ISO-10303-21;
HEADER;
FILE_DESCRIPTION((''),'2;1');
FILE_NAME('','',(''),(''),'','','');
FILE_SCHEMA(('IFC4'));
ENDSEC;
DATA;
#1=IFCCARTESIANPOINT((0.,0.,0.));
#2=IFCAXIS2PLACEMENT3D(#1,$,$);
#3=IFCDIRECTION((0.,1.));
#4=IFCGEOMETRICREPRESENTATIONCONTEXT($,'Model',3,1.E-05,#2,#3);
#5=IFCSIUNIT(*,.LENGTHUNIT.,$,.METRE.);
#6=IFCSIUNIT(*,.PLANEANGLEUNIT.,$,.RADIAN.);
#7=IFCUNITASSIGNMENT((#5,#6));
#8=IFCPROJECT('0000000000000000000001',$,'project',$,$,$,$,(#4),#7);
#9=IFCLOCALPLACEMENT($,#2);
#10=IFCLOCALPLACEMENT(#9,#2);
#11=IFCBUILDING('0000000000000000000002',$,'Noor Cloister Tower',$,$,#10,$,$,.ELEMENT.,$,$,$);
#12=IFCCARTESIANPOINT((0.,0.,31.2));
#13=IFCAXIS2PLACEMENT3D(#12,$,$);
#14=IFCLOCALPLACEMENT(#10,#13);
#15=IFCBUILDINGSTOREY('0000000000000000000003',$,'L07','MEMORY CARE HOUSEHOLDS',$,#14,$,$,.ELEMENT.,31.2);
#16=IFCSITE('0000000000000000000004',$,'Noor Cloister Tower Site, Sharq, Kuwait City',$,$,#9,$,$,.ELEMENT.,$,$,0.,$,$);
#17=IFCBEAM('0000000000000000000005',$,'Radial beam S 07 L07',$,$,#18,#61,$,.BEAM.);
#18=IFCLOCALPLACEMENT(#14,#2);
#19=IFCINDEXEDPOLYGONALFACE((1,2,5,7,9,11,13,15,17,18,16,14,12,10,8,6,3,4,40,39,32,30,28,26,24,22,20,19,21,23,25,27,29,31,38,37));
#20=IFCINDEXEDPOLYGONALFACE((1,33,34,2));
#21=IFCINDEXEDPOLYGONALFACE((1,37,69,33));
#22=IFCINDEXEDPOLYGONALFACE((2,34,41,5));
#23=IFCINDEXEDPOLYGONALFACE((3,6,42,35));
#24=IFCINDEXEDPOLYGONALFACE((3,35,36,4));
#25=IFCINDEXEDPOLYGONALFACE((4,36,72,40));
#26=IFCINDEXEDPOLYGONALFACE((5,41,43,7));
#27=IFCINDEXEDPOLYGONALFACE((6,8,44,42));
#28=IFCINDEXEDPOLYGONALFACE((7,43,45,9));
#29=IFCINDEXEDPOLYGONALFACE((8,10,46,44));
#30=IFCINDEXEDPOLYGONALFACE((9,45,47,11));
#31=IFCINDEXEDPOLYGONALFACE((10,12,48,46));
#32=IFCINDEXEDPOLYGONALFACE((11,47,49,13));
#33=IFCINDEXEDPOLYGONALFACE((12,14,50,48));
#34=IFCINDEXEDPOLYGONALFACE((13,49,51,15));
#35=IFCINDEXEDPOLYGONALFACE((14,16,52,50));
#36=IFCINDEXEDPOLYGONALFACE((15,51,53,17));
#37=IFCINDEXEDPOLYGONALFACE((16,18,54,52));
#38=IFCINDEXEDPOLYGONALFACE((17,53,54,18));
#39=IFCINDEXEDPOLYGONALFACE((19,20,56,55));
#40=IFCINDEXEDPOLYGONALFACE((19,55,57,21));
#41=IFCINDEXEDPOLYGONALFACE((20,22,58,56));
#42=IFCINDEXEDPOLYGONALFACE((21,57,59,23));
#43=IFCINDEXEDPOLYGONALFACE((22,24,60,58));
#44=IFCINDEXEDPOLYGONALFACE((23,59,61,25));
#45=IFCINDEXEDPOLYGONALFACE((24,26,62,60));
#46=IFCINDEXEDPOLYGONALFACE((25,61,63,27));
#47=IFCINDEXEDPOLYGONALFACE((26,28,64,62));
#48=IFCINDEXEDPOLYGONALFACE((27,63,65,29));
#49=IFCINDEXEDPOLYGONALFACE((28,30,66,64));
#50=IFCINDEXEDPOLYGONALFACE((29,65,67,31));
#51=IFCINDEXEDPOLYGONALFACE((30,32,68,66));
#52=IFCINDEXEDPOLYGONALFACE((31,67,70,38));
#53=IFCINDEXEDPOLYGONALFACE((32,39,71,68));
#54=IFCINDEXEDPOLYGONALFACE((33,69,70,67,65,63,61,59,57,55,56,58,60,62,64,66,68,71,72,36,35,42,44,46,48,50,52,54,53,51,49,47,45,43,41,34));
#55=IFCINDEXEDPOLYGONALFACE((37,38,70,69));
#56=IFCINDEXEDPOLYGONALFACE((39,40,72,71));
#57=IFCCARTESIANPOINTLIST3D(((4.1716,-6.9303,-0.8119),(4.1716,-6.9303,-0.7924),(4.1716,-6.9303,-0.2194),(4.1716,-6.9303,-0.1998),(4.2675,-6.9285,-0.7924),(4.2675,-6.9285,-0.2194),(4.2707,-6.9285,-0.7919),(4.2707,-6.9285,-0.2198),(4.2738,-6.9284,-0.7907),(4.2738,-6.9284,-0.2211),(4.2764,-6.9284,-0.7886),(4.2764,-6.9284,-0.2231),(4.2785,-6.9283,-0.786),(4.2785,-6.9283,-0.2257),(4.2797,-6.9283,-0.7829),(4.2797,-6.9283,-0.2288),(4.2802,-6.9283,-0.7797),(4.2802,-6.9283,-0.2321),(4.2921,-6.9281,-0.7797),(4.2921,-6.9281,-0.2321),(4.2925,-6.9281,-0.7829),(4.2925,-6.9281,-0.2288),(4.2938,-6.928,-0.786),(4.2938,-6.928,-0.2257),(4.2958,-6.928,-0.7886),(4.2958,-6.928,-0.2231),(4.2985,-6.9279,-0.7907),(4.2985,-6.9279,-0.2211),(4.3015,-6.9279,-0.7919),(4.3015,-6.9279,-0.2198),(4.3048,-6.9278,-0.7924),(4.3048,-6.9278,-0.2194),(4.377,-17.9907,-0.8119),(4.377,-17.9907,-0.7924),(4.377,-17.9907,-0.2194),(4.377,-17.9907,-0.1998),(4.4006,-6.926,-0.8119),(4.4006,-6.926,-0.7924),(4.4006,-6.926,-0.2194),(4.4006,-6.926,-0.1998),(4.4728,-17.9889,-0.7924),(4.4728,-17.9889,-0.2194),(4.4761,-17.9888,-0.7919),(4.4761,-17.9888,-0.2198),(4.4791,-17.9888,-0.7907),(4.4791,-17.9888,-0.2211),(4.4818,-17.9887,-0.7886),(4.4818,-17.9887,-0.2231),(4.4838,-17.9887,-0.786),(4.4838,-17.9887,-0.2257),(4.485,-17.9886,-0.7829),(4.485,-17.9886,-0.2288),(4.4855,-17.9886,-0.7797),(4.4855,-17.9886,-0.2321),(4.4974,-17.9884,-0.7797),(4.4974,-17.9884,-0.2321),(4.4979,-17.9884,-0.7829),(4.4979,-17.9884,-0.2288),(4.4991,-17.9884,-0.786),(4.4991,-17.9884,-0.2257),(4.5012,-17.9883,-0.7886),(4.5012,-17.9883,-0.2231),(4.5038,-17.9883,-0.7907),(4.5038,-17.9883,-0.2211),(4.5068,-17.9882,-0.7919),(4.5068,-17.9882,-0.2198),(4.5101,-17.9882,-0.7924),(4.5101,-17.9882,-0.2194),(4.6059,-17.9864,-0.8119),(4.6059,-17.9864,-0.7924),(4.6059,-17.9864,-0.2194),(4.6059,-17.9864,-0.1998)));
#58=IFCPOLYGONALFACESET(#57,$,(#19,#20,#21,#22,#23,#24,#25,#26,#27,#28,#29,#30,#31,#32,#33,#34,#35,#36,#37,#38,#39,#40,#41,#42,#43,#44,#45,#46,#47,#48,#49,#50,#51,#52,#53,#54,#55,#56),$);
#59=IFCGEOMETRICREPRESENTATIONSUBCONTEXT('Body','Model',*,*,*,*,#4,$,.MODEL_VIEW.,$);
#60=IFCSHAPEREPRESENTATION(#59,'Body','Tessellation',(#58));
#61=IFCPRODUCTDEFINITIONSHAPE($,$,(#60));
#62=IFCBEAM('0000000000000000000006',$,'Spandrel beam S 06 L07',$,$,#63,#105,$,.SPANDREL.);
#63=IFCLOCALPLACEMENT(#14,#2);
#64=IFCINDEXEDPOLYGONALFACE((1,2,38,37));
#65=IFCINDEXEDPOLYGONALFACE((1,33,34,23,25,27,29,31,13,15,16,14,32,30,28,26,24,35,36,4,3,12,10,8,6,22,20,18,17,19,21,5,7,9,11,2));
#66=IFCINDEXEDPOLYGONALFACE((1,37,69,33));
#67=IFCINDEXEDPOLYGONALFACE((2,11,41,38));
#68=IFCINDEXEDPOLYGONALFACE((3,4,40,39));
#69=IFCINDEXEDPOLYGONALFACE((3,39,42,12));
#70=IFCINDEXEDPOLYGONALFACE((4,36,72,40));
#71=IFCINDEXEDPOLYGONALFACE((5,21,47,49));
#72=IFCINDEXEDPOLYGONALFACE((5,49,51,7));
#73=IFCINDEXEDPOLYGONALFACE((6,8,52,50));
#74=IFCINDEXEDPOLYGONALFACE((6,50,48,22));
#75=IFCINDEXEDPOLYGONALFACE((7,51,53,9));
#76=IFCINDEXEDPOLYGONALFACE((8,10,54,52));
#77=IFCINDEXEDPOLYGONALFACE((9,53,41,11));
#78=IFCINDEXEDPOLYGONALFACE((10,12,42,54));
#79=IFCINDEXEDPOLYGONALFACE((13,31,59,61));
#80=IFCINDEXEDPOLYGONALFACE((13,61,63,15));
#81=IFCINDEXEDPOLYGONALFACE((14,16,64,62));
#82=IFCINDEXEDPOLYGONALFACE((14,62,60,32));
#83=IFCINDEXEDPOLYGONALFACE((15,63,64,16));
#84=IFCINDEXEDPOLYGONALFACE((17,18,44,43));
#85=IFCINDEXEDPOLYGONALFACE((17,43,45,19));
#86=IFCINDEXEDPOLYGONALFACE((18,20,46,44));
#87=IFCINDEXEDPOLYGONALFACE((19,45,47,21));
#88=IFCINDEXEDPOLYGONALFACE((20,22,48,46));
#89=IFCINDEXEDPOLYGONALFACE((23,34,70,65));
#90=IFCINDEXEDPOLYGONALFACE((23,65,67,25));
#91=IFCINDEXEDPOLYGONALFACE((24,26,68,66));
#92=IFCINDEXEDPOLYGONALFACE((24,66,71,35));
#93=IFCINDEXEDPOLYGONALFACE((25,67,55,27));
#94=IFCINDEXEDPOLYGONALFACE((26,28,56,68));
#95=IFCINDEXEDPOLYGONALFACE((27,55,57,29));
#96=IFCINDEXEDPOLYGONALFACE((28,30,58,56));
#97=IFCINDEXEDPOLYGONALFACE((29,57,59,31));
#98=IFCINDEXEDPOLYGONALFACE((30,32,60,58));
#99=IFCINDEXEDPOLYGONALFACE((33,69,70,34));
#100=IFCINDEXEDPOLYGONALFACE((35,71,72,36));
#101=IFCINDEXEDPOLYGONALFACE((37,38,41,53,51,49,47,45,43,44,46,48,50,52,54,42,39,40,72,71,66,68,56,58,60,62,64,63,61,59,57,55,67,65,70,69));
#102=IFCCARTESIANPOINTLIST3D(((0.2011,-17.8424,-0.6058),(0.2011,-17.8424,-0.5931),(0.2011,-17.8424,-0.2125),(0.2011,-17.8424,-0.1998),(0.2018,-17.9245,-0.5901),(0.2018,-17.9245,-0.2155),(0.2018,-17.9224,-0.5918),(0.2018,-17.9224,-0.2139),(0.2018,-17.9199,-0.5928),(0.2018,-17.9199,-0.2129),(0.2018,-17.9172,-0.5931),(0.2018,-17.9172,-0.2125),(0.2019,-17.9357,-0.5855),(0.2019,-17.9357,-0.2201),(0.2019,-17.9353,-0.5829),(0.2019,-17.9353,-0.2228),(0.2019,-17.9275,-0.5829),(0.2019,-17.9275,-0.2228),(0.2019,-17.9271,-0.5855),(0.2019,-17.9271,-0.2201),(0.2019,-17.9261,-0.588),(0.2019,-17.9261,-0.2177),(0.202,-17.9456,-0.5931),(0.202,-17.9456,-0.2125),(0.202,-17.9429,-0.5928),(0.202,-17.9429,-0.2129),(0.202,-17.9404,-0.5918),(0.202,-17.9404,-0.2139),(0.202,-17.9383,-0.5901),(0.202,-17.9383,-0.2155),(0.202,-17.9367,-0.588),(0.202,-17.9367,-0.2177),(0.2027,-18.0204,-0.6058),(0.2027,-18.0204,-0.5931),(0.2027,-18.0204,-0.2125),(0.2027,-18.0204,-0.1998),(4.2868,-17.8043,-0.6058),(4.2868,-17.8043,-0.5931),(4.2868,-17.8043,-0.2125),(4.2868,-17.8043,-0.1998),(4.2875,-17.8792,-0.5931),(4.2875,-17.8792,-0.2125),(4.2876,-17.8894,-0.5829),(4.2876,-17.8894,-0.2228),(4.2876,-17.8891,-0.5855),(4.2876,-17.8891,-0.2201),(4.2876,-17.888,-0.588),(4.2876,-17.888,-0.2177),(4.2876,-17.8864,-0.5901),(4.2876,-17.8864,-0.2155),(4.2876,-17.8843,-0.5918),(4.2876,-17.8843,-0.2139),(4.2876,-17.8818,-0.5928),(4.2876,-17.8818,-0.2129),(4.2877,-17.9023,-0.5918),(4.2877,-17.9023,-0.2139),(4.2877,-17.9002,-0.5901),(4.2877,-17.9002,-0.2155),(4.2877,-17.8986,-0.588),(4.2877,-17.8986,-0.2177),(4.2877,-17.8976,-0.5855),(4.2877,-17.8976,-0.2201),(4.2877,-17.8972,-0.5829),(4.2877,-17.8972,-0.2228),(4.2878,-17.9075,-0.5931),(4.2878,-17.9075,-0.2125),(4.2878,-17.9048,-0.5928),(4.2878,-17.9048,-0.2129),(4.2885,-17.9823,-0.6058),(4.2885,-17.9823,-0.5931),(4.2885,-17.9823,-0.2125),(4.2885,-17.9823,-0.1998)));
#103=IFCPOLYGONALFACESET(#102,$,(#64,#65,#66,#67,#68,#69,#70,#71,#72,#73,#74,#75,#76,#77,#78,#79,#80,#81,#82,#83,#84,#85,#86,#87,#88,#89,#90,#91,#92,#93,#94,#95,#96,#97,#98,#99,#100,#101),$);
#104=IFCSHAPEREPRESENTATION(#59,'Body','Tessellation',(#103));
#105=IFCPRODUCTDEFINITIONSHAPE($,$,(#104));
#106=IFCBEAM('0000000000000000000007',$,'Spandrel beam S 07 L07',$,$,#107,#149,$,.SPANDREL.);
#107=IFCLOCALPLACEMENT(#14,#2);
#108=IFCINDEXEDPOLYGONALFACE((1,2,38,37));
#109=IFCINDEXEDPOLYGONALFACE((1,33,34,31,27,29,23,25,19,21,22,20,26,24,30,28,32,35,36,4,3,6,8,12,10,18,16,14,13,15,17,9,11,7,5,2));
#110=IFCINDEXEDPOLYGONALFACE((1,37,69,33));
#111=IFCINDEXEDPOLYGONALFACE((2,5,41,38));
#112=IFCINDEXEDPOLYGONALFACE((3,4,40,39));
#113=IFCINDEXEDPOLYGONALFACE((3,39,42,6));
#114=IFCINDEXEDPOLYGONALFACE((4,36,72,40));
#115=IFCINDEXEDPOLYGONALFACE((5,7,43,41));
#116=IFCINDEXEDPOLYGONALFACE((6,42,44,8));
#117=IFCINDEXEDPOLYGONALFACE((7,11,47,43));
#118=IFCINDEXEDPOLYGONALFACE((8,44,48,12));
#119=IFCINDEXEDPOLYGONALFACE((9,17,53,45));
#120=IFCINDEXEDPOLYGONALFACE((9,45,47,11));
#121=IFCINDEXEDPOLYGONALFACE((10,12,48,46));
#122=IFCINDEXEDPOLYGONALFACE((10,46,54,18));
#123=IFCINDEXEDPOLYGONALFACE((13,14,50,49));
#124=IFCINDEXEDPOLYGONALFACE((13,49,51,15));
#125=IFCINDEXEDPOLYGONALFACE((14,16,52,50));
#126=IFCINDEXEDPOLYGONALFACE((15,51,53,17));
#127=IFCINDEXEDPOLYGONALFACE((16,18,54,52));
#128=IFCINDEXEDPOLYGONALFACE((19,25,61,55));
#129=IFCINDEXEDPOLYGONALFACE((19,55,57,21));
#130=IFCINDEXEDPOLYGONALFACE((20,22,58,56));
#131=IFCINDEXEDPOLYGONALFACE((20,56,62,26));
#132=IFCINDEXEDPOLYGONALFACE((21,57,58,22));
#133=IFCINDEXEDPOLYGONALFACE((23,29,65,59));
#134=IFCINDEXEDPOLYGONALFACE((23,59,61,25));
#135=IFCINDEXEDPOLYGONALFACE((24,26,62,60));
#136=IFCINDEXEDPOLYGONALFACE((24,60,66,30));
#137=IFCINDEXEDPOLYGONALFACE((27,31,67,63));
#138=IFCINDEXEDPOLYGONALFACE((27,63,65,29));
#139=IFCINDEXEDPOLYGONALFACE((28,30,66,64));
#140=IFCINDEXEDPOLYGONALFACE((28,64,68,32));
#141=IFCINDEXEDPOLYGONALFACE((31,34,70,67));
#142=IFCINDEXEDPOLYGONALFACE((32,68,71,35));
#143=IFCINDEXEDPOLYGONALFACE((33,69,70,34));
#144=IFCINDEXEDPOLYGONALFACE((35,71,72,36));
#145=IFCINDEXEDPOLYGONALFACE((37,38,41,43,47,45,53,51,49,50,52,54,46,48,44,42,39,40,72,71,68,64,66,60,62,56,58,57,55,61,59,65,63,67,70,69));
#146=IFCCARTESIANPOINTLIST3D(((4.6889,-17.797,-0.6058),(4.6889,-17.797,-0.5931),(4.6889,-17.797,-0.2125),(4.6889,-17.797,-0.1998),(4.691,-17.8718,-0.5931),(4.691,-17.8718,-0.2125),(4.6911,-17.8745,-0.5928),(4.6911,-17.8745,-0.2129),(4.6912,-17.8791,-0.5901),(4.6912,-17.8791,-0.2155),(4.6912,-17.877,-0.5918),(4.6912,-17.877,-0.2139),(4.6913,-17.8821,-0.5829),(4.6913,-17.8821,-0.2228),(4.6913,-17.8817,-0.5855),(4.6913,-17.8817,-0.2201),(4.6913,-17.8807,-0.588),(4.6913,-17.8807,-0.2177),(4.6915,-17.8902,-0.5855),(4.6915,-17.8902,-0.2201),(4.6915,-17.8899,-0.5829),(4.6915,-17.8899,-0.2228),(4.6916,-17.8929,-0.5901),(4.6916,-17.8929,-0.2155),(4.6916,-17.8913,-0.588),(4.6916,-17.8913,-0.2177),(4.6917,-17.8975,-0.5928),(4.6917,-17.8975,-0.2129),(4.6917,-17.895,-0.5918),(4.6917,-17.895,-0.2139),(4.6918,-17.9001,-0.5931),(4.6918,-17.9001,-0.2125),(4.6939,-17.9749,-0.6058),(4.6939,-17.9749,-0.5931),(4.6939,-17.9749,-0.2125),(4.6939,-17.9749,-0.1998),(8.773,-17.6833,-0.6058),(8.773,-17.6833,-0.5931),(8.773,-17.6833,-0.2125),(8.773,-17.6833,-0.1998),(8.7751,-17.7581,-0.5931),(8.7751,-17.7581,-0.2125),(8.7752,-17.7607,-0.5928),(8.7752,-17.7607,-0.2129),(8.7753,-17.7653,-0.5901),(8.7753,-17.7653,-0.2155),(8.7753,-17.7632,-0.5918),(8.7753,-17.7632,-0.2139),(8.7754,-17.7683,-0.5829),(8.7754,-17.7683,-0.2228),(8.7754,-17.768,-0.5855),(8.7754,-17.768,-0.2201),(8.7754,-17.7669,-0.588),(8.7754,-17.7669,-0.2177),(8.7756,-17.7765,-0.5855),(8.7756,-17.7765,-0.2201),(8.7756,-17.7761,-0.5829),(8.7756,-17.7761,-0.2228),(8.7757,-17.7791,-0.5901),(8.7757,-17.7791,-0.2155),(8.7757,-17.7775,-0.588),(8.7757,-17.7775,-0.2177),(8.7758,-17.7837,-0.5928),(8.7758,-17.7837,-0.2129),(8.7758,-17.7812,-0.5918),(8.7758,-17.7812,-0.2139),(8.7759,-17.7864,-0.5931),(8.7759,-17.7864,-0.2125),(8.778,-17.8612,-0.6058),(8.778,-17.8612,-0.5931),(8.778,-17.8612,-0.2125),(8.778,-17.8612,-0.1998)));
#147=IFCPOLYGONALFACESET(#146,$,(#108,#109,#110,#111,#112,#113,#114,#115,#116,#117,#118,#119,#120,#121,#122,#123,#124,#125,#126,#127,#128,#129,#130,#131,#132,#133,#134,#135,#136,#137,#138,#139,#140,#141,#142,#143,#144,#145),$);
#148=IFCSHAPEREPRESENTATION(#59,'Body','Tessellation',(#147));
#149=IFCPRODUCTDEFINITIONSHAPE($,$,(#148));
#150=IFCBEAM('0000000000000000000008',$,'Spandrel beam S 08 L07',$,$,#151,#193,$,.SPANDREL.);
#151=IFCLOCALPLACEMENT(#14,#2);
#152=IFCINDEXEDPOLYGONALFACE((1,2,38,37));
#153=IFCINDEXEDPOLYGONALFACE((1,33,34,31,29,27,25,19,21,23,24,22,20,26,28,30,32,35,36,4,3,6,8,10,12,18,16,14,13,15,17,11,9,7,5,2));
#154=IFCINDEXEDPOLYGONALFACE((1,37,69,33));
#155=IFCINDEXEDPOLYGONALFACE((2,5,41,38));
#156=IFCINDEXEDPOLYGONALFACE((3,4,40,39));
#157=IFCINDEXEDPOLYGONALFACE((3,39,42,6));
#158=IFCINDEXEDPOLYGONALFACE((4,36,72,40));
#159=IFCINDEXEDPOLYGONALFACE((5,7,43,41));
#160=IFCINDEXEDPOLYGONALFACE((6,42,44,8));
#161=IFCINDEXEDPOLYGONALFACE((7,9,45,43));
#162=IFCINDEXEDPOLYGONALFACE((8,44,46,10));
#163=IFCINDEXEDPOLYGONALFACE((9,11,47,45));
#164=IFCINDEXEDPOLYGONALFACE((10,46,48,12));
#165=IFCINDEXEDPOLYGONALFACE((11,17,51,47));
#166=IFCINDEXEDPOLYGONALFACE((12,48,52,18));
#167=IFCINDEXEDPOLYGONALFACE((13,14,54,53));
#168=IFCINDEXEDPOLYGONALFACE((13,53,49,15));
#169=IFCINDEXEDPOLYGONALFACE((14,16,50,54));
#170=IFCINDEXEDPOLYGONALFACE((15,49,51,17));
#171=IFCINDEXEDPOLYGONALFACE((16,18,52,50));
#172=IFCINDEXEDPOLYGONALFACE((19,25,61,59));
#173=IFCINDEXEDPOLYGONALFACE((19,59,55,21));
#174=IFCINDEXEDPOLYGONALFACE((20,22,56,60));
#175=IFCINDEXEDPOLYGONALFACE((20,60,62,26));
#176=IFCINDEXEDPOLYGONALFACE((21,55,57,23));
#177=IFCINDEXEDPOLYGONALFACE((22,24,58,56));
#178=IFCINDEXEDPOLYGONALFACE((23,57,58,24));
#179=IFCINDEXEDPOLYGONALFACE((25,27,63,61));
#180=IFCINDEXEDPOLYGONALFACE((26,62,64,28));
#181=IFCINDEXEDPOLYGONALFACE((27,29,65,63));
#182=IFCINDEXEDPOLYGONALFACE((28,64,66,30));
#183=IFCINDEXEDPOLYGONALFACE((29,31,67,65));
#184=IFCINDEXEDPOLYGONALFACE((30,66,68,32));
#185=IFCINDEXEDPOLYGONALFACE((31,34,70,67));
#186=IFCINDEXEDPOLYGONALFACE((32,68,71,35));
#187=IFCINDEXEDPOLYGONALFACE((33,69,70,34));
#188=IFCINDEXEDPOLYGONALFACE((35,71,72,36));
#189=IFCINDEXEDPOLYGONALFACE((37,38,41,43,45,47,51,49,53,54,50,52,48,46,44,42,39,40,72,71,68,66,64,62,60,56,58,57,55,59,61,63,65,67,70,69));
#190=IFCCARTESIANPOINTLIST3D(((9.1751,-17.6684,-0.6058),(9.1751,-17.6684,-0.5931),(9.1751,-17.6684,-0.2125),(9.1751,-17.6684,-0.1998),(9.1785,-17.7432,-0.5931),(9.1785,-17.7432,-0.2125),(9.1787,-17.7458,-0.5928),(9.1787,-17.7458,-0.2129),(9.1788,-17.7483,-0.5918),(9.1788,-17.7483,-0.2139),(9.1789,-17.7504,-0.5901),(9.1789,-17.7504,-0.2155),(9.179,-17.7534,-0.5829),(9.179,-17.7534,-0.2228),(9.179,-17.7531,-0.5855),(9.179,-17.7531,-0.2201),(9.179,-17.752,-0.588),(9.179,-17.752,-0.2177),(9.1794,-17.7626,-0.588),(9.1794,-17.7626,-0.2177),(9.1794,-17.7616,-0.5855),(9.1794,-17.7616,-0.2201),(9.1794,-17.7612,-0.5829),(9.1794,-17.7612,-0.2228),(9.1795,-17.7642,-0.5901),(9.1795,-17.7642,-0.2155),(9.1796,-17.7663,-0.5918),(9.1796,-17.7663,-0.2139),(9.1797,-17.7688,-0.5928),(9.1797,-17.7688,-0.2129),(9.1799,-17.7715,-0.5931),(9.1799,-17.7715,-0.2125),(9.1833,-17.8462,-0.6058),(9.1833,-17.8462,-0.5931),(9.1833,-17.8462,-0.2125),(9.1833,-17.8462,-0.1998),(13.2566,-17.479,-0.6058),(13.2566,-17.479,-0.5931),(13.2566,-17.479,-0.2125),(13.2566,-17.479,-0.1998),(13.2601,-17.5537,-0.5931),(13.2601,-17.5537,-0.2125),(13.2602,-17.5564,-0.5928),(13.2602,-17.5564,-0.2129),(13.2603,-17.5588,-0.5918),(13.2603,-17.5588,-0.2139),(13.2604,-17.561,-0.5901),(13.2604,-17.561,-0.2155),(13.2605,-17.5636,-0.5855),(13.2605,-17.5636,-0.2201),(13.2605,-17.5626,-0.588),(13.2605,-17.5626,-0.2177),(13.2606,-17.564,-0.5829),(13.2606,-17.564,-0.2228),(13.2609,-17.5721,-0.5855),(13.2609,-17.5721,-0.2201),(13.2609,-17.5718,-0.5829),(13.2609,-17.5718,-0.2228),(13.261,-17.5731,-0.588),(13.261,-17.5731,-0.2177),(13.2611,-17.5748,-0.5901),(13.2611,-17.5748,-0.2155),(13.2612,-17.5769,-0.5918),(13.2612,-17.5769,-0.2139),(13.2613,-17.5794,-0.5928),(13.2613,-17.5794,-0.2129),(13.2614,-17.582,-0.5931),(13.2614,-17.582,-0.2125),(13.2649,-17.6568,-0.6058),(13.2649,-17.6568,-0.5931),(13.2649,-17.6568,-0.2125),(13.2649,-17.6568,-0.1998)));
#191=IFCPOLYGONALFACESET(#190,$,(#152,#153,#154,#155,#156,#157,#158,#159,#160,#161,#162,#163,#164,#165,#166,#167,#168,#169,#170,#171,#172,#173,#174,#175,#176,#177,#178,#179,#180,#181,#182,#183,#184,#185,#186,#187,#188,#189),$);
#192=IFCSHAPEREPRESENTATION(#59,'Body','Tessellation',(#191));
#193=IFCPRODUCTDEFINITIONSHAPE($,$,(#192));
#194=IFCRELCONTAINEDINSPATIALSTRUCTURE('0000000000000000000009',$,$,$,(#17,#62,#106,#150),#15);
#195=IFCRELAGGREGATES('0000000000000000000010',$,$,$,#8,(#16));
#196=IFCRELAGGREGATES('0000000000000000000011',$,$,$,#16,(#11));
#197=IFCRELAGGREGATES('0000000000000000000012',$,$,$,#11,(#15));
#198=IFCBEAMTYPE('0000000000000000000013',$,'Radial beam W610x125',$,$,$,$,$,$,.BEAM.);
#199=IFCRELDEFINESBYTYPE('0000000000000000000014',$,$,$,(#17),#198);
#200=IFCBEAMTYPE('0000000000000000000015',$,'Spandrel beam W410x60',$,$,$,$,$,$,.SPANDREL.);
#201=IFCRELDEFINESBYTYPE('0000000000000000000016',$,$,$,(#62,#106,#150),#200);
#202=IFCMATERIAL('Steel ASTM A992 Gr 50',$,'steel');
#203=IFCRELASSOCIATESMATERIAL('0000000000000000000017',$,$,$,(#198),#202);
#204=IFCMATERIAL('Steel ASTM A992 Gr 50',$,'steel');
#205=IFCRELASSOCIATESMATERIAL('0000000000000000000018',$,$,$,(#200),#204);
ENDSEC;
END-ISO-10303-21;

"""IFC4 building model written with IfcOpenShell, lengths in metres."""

from ifc_helpers import new_model, si_unit, direction, frame, origin, origin_2d, place, context, subcontext, project, spatial, i_section, extrude, material, material_profile, profile_set, type_object, element, save


model = new_model("IFC4")

# Units and contexts
model_context = context("Model", 3, precision=1e-05, world=origin(), true_north=direction((0.0, 1.0)))
body_context = subcontext(model_context, "Body", "Model", "MODEL_VIEW")
ifc_project = project(units=[si_unit("LENGTHUNIT", "METRE"), si_unit("PLANEANGLEUNIT", "RADIAN")], contexts=[model_context])

# Site, building, storey
site_placement = place(None, origin())
site = spatial("IfcSite", under=ifc_project, at=site_placement, Name="Noor Cloister Tower Site, Sharq, Kuwait City", CompositionType="ELEMENT", RefElevation=0.0)
building_placement = place(site_placement, origin())
building = spatial("IfcBuilding", under=site, at=building_placement, Name="Noor Cloister Tower", CompositionType="ELEMENT")
storey_placement = place(building_placement, frame((0.0, 0.0, 31.2)))
storey = spatial("IfcBuildingStorey", under=building, at=storey_placement, Name="L07", Description="MEMORY CARE HOUSEHOLDS", CompositionType="ELEMENT", Elevation=31.2)

# Beams
ifc_material_1 = material(Name="Steel ASTM A992 Gr 50", Category="steel")
ifc_material_profile_1 = material_profile(ifc_material_1, i_section(OverallWidth=0.229, OverallDepth=0.6121, WebThickness=0.012, FlangeThickness=0.0195, FilletRadius=0.0127, at=origin_2d()), Name="W610x125")
ifc_profile_set_1 = profile_set([ifc_material_profile_1], Name="Steel ASTM A992 Gr 50")
beam_type_1 = type_object("IfcBeamType", Name="Radial beam W610x125", PredefinedType="BEAM", material=ifc_profile_set_1)
beam_1_placement = place(storey_placement, frame((4.4915, -17.9885, -0.5059), z_axis=(-0.018561, 0.999828, 0.0), x_axis=(-0.999828, -0.018561, 0.0)))
element("IfcBeam", 1, at=beam_1_placement, inside=storey, type_object=beam_type_1, Name="Radial beam S 07 L07", PredefinedType="BEAM", context=body_context, shape_type="SweptSolid", body=[
    extrude(i_section(OverallWidth=0.229, OverallDepth=0.6121, WebThickness=0.012, FlangeThickness=0.0195, FilletRadius=0.0127, at=origin_2d()), origin(), (0.0, 0.0, 1.0), 11.0623),
])
ifc_material_2 = material(Name="Steel ASTM A992 Gr 50", Category="steel")
ifc_material_profile_2 = material_profile(ifc_material_2, i_section(OverallWidth=0.178, OverallDepth=0.406, WebThickness=0.0078, FlangeThickness=0.0127, FilletRadius=0.0103, at=origin_2d()), Name="W410x60")
ifc_profile_set_2 = profile_set([ifc_material_profile_2], Name="Steel ASTM A992 Gr 50")
beam_type_2 = type_object("IfcBeamType", Name="Spandrel beam W410x60", PredefinedType="SPANDREL", material=ifc_profile_set_2)
beam_2_placement = place(storey_placement, frame((0.2019, -17.9314, -0.4028), z_axis=(0.999957, 0.009321, 0.0), x_axis=(-0.009321, 0.999957, 0.0)))
element("IfcBeam", 2, at=beam_2_placement, inside=storey, type_object=beam_type_2, Name="Spandrel beam S 06 L07", PredefinedType="SPANDREL", context=body_context, shape_type="SweptSolid", body=[
    extrude(i_section(OverallWidth=0.178, OverallDepth=0.406, WebThickness=0.0078, FlangeThickness=0.0127, FilletRadius=0.0103, at=origin_2d()), origin(), (0.0, 0.0, 1.0), 4.0859),
])
beam_3_placement = place(storey_placement, frame((4.6914, -17.886, -0.4028), z_axis=(0.999612, 0.027845, 0.0), x_axis=(-0.027845, 0.999612, 0.0)))
element("IfcBeam", 3, at=beam_3_placement, inside=storey, type_object=beam_type_2, Name="Spandrel beam S 07 L07", PredefinedType="SPANDREL", context=body_context, shape_type="SweptSolid", body=[
    extrude(i_section(OverallWidth=0.178, OverallDepth=0.406, WebThickness=0.0078, FlangeThickness=0.0127, FilletRadius=0.0103, at=origin_2d()), origin(), (0.0, 0.0, 1.0), 4.0857),
])
beam_4_placement = place(storey_placement, frame((9.1792, -17.7573, -0.4028), z_axis=(0.998924, 0.046367, 0.0), x_axis=(-0.046367, 0.998924, 0.0)))
element("IfcBeam", 4, at=beam_4_placement, inside=storey, type_object=beam_type_2, Name="Spandrel beam S 08 L07", PredefinedType="SPANDREL", context=body_context, shape_type="SweptSolid", body=[
    extrude(i_section(OverallWidth=0.178, OverallDepth=0.406, WebThickness=0.0078, FlangeThickness=0.0127, FilletRadius=0.0103, at=origin_2d()), origin(), (0.0, 0.0, 1.0), 4.0859),
])

save(model, "model.ifc")
